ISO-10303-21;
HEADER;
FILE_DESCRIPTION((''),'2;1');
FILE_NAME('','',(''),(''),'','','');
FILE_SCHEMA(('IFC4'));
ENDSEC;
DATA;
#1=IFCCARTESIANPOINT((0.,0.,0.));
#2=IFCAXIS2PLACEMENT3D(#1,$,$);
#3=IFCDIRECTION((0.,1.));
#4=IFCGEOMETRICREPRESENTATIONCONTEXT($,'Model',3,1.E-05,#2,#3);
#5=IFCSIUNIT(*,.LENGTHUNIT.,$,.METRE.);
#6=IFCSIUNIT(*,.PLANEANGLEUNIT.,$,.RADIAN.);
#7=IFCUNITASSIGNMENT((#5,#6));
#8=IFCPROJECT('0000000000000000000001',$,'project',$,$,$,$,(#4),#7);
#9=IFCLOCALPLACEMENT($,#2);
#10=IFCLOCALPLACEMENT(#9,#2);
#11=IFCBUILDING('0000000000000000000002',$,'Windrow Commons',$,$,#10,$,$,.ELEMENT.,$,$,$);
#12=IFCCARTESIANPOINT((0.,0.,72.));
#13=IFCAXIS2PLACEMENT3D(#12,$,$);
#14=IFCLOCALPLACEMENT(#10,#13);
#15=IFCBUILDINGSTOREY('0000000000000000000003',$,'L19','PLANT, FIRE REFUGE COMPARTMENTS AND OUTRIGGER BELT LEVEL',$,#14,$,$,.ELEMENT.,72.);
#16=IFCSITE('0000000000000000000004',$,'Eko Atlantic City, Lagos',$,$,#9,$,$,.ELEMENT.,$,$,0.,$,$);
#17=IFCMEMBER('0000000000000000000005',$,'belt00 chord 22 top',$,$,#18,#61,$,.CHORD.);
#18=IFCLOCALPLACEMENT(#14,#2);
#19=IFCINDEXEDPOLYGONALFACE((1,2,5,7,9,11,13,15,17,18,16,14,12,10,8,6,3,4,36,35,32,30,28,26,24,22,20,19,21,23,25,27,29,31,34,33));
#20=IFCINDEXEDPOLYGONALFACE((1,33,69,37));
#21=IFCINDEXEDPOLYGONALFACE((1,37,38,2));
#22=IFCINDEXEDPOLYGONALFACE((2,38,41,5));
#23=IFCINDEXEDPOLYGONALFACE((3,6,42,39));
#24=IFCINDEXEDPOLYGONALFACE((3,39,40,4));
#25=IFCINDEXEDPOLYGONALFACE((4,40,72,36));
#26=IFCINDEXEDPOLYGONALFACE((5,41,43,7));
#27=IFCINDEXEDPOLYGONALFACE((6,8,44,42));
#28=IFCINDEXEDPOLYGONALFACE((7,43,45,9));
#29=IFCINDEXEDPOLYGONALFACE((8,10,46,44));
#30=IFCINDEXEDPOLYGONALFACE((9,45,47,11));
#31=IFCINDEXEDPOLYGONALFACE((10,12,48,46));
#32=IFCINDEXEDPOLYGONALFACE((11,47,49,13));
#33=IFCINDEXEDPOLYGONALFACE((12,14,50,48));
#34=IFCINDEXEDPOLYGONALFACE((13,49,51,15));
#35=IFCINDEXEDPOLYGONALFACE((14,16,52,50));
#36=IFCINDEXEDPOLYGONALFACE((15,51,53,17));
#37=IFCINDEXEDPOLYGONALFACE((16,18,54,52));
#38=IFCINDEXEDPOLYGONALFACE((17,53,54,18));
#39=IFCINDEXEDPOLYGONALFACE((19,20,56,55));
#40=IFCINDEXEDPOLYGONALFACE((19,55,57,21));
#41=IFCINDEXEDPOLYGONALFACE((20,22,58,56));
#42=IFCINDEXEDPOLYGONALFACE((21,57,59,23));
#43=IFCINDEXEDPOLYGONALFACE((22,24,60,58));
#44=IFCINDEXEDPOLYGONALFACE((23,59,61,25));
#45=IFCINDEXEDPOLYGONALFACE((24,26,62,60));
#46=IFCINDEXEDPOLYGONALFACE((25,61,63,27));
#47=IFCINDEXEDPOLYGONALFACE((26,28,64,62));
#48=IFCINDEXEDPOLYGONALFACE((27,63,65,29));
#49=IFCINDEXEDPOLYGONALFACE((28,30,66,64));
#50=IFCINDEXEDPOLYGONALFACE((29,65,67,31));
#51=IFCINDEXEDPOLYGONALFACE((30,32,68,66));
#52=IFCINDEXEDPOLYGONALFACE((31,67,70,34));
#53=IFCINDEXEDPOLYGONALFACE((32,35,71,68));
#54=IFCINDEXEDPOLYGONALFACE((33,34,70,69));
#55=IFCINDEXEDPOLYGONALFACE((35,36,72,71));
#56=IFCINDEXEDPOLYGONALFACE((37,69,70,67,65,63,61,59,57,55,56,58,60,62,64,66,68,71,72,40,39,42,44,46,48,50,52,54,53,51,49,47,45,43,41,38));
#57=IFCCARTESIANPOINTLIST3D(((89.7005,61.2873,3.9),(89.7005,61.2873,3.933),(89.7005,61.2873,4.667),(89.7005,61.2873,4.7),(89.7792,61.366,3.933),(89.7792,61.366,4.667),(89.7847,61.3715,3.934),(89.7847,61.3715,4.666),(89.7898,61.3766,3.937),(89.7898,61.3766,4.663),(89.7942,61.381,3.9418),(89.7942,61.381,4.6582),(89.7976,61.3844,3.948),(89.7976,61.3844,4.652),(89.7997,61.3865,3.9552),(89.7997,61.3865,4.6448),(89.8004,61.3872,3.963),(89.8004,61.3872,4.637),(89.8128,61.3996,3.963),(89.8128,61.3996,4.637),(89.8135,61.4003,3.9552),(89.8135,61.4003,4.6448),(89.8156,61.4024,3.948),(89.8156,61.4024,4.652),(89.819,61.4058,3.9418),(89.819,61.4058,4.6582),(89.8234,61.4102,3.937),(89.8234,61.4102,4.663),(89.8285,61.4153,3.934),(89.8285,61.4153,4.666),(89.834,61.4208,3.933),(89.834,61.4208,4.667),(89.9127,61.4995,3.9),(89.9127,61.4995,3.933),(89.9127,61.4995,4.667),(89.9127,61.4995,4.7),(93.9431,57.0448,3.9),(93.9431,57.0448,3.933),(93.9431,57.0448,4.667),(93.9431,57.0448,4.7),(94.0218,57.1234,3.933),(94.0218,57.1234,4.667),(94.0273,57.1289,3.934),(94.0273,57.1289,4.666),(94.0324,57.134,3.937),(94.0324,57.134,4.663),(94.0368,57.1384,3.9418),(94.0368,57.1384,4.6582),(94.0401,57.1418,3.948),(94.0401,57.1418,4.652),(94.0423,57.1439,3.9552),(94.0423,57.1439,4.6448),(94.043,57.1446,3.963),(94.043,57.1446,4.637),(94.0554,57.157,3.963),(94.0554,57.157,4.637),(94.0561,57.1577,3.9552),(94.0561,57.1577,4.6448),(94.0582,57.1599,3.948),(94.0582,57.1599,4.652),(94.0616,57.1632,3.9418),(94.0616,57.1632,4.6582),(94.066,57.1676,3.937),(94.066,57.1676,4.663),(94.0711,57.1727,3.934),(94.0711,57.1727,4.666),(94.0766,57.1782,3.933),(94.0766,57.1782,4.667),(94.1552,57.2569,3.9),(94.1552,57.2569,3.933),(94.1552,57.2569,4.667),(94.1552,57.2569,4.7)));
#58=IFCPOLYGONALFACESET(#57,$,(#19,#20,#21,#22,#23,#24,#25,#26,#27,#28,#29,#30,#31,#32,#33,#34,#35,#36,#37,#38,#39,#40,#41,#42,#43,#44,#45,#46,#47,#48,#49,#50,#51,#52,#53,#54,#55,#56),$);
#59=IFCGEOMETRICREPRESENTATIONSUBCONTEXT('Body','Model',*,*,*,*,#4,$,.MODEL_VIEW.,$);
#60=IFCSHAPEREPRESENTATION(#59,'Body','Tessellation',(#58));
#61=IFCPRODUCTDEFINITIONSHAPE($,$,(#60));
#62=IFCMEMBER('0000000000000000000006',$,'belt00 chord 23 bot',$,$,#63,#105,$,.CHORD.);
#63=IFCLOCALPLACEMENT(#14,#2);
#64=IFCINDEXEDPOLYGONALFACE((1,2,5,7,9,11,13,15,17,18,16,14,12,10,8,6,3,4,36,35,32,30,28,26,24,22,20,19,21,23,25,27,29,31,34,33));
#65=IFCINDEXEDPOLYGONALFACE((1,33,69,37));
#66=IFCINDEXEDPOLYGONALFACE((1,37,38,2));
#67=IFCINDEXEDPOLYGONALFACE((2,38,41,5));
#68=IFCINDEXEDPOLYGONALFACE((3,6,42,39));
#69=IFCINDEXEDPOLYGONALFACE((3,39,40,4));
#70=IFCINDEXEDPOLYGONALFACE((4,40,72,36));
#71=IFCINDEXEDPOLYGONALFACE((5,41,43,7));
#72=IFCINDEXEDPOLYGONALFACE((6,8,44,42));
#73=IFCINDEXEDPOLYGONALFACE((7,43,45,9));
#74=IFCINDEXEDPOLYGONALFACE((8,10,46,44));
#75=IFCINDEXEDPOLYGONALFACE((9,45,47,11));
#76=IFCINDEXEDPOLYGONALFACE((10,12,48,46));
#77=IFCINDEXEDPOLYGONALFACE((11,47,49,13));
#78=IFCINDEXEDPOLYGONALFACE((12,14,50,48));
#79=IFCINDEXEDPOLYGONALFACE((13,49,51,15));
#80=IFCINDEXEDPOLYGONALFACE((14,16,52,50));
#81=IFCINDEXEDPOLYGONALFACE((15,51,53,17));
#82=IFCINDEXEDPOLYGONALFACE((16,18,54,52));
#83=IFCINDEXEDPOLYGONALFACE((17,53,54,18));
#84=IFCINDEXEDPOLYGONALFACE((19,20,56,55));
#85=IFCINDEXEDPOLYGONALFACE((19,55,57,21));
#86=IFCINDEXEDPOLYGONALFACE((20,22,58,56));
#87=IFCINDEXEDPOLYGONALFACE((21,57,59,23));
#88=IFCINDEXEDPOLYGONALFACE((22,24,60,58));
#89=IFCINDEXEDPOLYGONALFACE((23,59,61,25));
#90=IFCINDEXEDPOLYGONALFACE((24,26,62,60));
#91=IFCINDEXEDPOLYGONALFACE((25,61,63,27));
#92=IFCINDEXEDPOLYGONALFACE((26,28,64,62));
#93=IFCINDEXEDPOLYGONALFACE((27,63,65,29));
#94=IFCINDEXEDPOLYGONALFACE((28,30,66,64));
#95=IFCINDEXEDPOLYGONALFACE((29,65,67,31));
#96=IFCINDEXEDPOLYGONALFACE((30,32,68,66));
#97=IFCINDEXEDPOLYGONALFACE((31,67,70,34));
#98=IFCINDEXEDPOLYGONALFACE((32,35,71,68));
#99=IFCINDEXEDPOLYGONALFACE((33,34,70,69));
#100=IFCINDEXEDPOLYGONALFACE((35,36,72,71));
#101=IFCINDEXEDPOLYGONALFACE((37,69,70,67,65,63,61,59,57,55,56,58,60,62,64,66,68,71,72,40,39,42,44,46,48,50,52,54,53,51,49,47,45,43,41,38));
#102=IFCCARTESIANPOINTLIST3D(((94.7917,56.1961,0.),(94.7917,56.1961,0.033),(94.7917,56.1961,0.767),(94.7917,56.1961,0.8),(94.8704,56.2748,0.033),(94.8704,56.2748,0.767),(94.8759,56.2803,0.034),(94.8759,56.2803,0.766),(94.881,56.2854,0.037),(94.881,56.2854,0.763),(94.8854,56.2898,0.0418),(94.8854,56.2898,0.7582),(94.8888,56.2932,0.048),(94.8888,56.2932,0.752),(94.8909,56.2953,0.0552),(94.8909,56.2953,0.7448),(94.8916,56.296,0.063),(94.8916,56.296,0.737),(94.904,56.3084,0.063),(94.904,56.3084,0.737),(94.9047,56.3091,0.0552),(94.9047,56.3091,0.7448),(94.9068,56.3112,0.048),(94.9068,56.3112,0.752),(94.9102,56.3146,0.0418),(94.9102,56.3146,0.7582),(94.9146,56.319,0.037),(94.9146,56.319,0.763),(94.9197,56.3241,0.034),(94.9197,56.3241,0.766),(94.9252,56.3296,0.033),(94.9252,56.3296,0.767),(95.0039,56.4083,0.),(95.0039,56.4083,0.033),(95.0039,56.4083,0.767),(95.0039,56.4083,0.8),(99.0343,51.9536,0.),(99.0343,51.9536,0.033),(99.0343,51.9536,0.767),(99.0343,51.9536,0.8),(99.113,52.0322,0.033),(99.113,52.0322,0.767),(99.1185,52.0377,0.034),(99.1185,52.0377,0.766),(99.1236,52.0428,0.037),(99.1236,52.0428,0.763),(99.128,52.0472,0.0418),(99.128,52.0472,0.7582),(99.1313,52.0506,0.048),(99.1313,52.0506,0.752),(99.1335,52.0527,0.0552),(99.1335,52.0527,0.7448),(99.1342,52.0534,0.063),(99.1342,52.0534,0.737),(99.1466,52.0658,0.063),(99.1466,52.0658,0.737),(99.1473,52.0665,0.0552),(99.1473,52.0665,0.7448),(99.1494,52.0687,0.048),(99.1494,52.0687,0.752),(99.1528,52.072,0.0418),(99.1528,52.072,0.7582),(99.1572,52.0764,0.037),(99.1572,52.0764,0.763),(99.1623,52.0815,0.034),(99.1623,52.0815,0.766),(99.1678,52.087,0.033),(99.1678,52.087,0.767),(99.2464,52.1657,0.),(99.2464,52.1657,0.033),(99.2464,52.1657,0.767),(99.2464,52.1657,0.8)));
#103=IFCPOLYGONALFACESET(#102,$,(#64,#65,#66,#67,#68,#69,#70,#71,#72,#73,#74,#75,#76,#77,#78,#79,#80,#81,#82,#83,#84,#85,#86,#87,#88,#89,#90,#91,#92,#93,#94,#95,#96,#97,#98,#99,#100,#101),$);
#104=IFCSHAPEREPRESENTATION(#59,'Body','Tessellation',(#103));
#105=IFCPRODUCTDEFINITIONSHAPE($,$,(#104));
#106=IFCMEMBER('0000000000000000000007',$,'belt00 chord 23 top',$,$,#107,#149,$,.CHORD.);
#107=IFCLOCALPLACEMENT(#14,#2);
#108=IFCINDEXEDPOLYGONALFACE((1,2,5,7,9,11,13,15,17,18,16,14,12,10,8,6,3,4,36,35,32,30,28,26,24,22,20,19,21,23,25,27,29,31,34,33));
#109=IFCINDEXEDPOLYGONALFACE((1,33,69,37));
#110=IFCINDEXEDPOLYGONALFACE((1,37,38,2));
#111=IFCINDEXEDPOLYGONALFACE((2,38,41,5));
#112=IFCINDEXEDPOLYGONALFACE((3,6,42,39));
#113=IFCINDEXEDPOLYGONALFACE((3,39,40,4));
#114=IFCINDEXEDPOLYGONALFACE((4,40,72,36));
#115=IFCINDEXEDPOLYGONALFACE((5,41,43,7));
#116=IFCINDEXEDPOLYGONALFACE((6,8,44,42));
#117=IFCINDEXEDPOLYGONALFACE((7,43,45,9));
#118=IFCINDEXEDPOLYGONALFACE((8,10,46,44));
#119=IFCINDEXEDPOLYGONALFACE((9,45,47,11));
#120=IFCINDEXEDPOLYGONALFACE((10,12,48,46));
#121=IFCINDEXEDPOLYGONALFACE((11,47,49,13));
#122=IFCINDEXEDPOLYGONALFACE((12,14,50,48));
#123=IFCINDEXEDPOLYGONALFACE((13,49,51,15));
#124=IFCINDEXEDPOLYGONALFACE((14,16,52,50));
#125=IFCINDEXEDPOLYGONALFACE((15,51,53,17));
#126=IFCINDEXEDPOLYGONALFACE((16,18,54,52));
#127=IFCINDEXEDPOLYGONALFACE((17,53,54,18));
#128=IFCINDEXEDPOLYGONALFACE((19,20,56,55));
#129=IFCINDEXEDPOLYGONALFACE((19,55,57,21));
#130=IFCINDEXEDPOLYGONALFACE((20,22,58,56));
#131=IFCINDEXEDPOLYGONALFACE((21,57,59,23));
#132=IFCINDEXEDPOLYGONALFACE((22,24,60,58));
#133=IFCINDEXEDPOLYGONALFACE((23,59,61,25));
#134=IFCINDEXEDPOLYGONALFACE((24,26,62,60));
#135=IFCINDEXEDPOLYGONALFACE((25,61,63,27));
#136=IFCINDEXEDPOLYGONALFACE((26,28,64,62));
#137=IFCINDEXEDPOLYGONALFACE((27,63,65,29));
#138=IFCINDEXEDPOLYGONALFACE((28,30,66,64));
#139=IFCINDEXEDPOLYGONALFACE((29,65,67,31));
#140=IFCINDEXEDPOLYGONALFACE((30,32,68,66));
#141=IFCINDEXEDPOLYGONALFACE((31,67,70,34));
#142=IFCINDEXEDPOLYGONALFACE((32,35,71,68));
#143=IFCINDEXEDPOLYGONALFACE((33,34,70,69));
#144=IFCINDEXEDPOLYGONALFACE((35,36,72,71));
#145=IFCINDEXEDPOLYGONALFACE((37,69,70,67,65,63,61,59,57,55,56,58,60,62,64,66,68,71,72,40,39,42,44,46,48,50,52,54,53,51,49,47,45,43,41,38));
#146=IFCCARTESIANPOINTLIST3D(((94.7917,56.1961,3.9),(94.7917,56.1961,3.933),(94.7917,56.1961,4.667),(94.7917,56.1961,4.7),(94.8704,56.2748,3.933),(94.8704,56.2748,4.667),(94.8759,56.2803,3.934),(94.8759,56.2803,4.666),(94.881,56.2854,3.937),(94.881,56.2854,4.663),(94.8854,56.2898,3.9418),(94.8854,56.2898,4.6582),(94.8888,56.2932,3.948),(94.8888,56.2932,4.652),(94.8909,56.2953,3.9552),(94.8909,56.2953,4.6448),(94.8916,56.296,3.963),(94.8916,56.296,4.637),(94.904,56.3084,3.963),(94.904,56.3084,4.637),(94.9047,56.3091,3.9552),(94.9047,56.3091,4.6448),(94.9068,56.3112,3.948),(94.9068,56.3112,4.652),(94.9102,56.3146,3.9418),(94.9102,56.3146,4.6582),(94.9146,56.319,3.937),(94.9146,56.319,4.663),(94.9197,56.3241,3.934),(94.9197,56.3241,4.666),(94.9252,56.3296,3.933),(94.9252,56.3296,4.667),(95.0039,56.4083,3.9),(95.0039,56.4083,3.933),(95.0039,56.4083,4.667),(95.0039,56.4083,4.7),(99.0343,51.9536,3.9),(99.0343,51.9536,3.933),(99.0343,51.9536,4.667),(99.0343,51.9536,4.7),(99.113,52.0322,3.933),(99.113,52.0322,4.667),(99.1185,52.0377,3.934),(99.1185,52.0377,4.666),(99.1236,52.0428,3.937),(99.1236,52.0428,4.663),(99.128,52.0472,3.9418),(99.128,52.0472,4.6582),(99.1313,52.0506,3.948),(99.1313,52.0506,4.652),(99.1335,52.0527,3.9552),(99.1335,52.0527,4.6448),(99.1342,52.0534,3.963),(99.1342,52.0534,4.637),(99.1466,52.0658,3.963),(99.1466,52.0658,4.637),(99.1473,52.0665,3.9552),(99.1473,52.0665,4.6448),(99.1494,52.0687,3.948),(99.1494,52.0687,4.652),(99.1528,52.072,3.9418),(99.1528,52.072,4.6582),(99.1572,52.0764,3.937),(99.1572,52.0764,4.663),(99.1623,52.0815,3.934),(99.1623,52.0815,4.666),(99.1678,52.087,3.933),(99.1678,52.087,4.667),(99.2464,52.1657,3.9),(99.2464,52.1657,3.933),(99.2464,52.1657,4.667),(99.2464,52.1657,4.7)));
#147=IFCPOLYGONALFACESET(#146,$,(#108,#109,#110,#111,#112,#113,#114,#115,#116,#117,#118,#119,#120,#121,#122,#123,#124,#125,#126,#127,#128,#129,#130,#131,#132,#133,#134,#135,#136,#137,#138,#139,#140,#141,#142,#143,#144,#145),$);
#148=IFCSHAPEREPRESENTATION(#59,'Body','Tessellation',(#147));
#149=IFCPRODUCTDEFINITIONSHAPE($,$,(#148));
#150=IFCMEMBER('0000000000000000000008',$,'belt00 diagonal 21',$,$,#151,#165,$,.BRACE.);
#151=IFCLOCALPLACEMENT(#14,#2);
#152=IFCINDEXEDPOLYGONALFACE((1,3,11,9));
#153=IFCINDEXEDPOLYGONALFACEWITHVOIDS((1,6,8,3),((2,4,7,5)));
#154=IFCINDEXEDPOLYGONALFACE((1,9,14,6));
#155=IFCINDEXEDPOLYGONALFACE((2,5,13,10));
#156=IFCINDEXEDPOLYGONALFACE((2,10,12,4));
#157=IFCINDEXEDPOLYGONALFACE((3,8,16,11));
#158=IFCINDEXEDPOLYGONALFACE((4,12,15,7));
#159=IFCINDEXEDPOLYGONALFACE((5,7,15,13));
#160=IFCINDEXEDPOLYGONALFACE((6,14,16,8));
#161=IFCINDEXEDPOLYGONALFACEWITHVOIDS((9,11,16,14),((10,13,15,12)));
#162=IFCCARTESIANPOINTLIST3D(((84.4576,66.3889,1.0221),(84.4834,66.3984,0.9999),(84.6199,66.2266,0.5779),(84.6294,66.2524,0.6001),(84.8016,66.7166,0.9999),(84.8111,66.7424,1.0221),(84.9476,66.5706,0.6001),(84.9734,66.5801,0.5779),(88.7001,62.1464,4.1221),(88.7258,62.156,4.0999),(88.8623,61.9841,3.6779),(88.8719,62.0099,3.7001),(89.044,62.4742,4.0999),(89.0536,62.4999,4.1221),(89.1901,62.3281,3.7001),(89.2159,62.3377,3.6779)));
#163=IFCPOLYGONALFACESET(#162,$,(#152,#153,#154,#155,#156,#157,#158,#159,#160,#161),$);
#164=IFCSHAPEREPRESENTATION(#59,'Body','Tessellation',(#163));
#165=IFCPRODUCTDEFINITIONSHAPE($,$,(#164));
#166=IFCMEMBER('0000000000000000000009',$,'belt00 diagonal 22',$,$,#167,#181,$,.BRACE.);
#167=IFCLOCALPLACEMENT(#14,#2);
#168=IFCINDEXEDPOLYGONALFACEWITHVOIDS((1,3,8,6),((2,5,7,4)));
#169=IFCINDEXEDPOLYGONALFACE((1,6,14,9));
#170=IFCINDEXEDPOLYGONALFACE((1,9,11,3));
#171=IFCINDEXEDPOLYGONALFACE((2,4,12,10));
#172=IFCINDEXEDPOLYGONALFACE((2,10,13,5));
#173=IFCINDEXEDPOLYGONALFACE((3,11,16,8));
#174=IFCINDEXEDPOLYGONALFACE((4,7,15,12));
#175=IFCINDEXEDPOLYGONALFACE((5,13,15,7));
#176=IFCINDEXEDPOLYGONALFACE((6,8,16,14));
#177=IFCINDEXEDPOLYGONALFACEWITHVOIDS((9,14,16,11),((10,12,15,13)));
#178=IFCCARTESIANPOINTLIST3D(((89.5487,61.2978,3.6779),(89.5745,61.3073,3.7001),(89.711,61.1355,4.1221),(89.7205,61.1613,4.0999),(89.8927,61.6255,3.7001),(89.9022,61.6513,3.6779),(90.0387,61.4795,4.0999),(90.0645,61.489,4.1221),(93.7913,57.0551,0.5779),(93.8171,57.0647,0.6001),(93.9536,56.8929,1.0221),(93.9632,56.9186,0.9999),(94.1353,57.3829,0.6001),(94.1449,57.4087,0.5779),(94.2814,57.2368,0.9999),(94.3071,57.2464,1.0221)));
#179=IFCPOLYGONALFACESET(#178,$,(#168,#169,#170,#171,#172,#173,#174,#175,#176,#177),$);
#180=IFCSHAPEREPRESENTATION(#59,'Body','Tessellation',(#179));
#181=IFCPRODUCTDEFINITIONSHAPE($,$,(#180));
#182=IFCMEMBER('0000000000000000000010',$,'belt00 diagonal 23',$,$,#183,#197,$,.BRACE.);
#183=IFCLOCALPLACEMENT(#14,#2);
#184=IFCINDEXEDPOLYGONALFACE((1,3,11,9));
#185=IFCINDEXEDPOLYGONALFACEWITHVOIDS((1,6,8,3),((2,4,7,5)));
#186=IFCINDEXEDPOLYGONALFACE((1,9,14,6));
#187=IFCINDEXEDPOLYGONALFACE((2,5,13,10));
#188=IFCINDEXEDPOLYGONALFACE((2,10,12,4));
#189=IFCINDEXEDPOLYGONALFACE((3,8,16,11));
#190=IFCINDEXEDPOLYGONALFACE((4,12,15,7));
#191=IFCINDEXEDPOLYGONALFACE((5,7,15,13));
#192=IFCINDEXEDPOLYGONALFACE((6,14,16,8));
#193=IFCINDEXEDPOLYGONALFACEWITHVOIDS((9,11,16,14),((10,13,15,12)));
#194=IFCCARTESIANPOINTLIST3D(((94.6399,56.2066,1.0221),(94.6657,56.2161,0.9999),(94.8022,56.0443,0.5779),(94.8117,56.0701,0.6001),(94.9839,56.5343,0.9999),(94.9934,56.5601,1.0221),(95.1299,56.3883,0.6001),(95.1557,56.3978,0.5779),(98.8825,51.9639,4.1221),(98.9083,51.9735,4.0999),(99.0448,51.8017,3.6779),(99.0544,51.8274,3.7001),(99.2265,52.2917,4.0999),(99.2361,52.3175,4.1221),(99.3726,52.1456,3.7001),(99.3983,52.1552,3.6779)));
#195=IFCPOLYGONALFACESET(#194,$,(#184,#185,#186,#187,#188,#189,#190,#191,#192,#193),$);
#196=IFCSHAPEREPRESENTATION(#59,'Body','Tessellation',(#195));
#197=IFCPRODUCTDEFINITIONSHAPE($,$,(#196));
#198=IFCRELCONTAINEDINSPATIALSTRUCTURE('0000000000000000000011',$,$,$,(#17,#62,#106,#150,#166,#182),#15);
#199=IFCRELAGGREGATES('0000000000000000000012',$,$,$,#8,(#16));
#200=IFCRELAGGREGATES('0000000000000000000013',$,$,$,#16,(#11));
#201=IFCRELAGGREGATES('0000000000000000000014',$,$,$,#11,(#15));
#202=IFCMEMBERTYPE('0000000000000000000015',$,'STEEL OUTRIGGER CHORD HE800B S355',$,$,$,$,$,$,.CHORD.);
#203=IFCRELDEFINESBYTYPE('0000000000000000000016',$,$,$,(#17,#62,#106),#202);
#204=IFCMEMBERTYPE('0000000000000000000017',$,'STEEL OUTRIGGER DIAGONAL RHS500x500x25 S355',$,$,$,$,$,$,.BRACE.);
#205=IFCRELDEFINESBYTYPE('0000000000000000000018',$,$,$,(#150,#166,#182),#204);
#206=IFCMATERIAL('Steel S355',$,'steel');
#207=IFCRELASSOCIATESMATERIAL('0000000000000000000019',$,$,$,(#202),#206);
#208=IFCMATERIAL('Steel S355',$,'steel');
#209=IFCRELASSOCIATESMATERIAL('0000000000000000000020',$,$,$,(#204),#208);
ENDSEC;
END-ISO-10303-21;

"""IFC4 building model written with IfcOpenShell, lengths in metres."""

from ifc_helpers import new_model, si_unit, direction, frame, origin, origin_2d, place, context, subcontext, project, spatial, hollow_rectangle, i_section, extrude, material, material_profile, profile_set, type_object, element, save


model = new_model("IFC4")

# Units and contexts
model_context = context("Model", 3, precision=1e-05, world=origin(), true_north=direction((0.0, 1.0)))
body_context = subcontext(model_context, "Body", "Model", "MODEL_VIEW")
ifc_project = project(units=[si_unit("LENGTHUNIT", "METRE"), si_unit("PLANEANGLEUNIT", "RADIAN")], contexts=[model_context])

# Site, building, storey
site_placement = place(None, origin())
site = spatial("IfcSite", under=ifc_project, at=site_placement, Name="Eko Atlantic City, Lagos", CompositionType="ELEMENT", RefElevation=0.0)
building_placement = place(site_placement, origin())
building = spatial("IfcBuilding", under=site, at=building_placement, Name="Windrow Commons", CompositionType="ELEMENT")
storey_placement = place(building_placement, frame((0.0, 0.0, 72.0)))
storey = spatial("IfcBuildingStorey", under=building, at=storey_placement, Name="L19", Description="PLANT, FIRE REFUGE COMPARTMENTS AND OUTRIGGER BELT LEVEL", CompositionType="ELEMENT", Elevation=72.0)

# Members
ifc_material_1 = material(Name="Steel S355", Category="steel")
ifc_material_profile_1 = material_profile(ifc_material_1, i_section(OverallWidth=0.3, OverallDepth=0.8, WebThickness=0.0175, FlangeThickness=0.033, FilletRadius=0.03, at=origin_2d()))
ifc_profile_set_1 = profile_set([ifc_material_profile_1], Name="Steel S355")
member_type_1 = type_object("IfcMemberType", Name="STEEL OUTRIGGER CHORD HE800B S355", PredefinedType="CHORD", material=ifc_profile_set_1)
for number, where, z_axis, x_axis, name in (
    (1, (89.8066, 61.3934, 4.3), (0.707107, -0.707107, 0.0), (0.707107, 0.707107, 0.0), "belt00 chord 22 top"),
    (2, (94.8978, 56.3022, 0.4), (0.707107, -0.707107, 0.0), (0.707107, 0.707107, 0.0), "belt00 chord 23 bot"),
    (3, (94.8978, 56.3022, 4.3), (0.707107, -0.707107, 0.0), (0.707107, 0.707107, 0.0), "belt00 chord 23 top"),
):
    element("IfcMember", number, at=place(storey_placement, frame(where, z_axis=z_axis, x_axis=x_axis)), inside=storey, type_object=member_type_1, Name=name, PredefinedType="CHORD", context=body_context, shape_type="SweptSolid", body=[
        extrude(i_section(OverallWidth=0.3, OverallDepth=0.8, WebThickness=0.0175, FlangeThickness=0.033, FilletRadius=0.03, at=origin_2d()), origin(), (0.0, 0.0, 1.0), 5.9999),
    ])
ifc_material_2 = material(Name="Steel S355", Category="steel")
ifc_material_profile_2 = material_profile(ifc_material_2, hollow_rectangle(XDim=0.5, YDim=0.5, WallThickness=0.025, at=origin_2d()))
ifc_profile_set_2 = profile_set([ifc_material_profile_2], Name="Steel S355")
member_type_2 = type_object("IfcMemberType", Name="STEEL OUTRIGGER DIAGONAL RHS500x500x25 S355", PredefinedType="BRACE", material=ifc_profile_set_2)
member_placement = place(storey_placement, frame((84.7155, 66.4845, 0.8), z_axis=(0.628208, -0.628208, 0.459032), x_axis=(0.707107, 0.707107, 0.0)))
element("IfcMember", 4, at=member_placement, inside=storey, type_object=member_type_2, Name="belt00 diagonal 21", PredefinedType="BRACE", context=body_context, shape_type="SweptSolid", body=[
    extrude(hollow_rectangle(XDim=0.5, YDim=0.5, WallThickness=0.025, at=origin_2d()), origin(), (0.0, 0.0, 1.0), 6.7533),
])
for number, where, z_axis, x_axis, name in (
    (5, (89.8066, 61.3934, 3.9), (0.628211, -0.628211, -0.459024), (0.707107, 0.707107, 0.0), "belt00 diagonal 22"),
    (6, (94.8978, 56.3022, 0.8), (0.628211, -0.628211, 0.459024), (0.707107, 0.707107, 0.0), "belt00 diagonal 23"),
):
    element("IfcMember", number, at=place(storey_placement, frame(where, z_axis=z_axis, x_axis=x_axis)), inside=storey, type_object=member_type_2, Name=name, PredefinedType="BRACE", context=body_context, shape_type="SweptSolid", body=[
        extrude(hollow_rectangle(XDim=0.5, YDim=0.5, WallThickness=0.025, at=origin_2d()), origin(), (0.0, 0.0, 1.0), 6.7535),
    ])

save(model, "model.ifc")
